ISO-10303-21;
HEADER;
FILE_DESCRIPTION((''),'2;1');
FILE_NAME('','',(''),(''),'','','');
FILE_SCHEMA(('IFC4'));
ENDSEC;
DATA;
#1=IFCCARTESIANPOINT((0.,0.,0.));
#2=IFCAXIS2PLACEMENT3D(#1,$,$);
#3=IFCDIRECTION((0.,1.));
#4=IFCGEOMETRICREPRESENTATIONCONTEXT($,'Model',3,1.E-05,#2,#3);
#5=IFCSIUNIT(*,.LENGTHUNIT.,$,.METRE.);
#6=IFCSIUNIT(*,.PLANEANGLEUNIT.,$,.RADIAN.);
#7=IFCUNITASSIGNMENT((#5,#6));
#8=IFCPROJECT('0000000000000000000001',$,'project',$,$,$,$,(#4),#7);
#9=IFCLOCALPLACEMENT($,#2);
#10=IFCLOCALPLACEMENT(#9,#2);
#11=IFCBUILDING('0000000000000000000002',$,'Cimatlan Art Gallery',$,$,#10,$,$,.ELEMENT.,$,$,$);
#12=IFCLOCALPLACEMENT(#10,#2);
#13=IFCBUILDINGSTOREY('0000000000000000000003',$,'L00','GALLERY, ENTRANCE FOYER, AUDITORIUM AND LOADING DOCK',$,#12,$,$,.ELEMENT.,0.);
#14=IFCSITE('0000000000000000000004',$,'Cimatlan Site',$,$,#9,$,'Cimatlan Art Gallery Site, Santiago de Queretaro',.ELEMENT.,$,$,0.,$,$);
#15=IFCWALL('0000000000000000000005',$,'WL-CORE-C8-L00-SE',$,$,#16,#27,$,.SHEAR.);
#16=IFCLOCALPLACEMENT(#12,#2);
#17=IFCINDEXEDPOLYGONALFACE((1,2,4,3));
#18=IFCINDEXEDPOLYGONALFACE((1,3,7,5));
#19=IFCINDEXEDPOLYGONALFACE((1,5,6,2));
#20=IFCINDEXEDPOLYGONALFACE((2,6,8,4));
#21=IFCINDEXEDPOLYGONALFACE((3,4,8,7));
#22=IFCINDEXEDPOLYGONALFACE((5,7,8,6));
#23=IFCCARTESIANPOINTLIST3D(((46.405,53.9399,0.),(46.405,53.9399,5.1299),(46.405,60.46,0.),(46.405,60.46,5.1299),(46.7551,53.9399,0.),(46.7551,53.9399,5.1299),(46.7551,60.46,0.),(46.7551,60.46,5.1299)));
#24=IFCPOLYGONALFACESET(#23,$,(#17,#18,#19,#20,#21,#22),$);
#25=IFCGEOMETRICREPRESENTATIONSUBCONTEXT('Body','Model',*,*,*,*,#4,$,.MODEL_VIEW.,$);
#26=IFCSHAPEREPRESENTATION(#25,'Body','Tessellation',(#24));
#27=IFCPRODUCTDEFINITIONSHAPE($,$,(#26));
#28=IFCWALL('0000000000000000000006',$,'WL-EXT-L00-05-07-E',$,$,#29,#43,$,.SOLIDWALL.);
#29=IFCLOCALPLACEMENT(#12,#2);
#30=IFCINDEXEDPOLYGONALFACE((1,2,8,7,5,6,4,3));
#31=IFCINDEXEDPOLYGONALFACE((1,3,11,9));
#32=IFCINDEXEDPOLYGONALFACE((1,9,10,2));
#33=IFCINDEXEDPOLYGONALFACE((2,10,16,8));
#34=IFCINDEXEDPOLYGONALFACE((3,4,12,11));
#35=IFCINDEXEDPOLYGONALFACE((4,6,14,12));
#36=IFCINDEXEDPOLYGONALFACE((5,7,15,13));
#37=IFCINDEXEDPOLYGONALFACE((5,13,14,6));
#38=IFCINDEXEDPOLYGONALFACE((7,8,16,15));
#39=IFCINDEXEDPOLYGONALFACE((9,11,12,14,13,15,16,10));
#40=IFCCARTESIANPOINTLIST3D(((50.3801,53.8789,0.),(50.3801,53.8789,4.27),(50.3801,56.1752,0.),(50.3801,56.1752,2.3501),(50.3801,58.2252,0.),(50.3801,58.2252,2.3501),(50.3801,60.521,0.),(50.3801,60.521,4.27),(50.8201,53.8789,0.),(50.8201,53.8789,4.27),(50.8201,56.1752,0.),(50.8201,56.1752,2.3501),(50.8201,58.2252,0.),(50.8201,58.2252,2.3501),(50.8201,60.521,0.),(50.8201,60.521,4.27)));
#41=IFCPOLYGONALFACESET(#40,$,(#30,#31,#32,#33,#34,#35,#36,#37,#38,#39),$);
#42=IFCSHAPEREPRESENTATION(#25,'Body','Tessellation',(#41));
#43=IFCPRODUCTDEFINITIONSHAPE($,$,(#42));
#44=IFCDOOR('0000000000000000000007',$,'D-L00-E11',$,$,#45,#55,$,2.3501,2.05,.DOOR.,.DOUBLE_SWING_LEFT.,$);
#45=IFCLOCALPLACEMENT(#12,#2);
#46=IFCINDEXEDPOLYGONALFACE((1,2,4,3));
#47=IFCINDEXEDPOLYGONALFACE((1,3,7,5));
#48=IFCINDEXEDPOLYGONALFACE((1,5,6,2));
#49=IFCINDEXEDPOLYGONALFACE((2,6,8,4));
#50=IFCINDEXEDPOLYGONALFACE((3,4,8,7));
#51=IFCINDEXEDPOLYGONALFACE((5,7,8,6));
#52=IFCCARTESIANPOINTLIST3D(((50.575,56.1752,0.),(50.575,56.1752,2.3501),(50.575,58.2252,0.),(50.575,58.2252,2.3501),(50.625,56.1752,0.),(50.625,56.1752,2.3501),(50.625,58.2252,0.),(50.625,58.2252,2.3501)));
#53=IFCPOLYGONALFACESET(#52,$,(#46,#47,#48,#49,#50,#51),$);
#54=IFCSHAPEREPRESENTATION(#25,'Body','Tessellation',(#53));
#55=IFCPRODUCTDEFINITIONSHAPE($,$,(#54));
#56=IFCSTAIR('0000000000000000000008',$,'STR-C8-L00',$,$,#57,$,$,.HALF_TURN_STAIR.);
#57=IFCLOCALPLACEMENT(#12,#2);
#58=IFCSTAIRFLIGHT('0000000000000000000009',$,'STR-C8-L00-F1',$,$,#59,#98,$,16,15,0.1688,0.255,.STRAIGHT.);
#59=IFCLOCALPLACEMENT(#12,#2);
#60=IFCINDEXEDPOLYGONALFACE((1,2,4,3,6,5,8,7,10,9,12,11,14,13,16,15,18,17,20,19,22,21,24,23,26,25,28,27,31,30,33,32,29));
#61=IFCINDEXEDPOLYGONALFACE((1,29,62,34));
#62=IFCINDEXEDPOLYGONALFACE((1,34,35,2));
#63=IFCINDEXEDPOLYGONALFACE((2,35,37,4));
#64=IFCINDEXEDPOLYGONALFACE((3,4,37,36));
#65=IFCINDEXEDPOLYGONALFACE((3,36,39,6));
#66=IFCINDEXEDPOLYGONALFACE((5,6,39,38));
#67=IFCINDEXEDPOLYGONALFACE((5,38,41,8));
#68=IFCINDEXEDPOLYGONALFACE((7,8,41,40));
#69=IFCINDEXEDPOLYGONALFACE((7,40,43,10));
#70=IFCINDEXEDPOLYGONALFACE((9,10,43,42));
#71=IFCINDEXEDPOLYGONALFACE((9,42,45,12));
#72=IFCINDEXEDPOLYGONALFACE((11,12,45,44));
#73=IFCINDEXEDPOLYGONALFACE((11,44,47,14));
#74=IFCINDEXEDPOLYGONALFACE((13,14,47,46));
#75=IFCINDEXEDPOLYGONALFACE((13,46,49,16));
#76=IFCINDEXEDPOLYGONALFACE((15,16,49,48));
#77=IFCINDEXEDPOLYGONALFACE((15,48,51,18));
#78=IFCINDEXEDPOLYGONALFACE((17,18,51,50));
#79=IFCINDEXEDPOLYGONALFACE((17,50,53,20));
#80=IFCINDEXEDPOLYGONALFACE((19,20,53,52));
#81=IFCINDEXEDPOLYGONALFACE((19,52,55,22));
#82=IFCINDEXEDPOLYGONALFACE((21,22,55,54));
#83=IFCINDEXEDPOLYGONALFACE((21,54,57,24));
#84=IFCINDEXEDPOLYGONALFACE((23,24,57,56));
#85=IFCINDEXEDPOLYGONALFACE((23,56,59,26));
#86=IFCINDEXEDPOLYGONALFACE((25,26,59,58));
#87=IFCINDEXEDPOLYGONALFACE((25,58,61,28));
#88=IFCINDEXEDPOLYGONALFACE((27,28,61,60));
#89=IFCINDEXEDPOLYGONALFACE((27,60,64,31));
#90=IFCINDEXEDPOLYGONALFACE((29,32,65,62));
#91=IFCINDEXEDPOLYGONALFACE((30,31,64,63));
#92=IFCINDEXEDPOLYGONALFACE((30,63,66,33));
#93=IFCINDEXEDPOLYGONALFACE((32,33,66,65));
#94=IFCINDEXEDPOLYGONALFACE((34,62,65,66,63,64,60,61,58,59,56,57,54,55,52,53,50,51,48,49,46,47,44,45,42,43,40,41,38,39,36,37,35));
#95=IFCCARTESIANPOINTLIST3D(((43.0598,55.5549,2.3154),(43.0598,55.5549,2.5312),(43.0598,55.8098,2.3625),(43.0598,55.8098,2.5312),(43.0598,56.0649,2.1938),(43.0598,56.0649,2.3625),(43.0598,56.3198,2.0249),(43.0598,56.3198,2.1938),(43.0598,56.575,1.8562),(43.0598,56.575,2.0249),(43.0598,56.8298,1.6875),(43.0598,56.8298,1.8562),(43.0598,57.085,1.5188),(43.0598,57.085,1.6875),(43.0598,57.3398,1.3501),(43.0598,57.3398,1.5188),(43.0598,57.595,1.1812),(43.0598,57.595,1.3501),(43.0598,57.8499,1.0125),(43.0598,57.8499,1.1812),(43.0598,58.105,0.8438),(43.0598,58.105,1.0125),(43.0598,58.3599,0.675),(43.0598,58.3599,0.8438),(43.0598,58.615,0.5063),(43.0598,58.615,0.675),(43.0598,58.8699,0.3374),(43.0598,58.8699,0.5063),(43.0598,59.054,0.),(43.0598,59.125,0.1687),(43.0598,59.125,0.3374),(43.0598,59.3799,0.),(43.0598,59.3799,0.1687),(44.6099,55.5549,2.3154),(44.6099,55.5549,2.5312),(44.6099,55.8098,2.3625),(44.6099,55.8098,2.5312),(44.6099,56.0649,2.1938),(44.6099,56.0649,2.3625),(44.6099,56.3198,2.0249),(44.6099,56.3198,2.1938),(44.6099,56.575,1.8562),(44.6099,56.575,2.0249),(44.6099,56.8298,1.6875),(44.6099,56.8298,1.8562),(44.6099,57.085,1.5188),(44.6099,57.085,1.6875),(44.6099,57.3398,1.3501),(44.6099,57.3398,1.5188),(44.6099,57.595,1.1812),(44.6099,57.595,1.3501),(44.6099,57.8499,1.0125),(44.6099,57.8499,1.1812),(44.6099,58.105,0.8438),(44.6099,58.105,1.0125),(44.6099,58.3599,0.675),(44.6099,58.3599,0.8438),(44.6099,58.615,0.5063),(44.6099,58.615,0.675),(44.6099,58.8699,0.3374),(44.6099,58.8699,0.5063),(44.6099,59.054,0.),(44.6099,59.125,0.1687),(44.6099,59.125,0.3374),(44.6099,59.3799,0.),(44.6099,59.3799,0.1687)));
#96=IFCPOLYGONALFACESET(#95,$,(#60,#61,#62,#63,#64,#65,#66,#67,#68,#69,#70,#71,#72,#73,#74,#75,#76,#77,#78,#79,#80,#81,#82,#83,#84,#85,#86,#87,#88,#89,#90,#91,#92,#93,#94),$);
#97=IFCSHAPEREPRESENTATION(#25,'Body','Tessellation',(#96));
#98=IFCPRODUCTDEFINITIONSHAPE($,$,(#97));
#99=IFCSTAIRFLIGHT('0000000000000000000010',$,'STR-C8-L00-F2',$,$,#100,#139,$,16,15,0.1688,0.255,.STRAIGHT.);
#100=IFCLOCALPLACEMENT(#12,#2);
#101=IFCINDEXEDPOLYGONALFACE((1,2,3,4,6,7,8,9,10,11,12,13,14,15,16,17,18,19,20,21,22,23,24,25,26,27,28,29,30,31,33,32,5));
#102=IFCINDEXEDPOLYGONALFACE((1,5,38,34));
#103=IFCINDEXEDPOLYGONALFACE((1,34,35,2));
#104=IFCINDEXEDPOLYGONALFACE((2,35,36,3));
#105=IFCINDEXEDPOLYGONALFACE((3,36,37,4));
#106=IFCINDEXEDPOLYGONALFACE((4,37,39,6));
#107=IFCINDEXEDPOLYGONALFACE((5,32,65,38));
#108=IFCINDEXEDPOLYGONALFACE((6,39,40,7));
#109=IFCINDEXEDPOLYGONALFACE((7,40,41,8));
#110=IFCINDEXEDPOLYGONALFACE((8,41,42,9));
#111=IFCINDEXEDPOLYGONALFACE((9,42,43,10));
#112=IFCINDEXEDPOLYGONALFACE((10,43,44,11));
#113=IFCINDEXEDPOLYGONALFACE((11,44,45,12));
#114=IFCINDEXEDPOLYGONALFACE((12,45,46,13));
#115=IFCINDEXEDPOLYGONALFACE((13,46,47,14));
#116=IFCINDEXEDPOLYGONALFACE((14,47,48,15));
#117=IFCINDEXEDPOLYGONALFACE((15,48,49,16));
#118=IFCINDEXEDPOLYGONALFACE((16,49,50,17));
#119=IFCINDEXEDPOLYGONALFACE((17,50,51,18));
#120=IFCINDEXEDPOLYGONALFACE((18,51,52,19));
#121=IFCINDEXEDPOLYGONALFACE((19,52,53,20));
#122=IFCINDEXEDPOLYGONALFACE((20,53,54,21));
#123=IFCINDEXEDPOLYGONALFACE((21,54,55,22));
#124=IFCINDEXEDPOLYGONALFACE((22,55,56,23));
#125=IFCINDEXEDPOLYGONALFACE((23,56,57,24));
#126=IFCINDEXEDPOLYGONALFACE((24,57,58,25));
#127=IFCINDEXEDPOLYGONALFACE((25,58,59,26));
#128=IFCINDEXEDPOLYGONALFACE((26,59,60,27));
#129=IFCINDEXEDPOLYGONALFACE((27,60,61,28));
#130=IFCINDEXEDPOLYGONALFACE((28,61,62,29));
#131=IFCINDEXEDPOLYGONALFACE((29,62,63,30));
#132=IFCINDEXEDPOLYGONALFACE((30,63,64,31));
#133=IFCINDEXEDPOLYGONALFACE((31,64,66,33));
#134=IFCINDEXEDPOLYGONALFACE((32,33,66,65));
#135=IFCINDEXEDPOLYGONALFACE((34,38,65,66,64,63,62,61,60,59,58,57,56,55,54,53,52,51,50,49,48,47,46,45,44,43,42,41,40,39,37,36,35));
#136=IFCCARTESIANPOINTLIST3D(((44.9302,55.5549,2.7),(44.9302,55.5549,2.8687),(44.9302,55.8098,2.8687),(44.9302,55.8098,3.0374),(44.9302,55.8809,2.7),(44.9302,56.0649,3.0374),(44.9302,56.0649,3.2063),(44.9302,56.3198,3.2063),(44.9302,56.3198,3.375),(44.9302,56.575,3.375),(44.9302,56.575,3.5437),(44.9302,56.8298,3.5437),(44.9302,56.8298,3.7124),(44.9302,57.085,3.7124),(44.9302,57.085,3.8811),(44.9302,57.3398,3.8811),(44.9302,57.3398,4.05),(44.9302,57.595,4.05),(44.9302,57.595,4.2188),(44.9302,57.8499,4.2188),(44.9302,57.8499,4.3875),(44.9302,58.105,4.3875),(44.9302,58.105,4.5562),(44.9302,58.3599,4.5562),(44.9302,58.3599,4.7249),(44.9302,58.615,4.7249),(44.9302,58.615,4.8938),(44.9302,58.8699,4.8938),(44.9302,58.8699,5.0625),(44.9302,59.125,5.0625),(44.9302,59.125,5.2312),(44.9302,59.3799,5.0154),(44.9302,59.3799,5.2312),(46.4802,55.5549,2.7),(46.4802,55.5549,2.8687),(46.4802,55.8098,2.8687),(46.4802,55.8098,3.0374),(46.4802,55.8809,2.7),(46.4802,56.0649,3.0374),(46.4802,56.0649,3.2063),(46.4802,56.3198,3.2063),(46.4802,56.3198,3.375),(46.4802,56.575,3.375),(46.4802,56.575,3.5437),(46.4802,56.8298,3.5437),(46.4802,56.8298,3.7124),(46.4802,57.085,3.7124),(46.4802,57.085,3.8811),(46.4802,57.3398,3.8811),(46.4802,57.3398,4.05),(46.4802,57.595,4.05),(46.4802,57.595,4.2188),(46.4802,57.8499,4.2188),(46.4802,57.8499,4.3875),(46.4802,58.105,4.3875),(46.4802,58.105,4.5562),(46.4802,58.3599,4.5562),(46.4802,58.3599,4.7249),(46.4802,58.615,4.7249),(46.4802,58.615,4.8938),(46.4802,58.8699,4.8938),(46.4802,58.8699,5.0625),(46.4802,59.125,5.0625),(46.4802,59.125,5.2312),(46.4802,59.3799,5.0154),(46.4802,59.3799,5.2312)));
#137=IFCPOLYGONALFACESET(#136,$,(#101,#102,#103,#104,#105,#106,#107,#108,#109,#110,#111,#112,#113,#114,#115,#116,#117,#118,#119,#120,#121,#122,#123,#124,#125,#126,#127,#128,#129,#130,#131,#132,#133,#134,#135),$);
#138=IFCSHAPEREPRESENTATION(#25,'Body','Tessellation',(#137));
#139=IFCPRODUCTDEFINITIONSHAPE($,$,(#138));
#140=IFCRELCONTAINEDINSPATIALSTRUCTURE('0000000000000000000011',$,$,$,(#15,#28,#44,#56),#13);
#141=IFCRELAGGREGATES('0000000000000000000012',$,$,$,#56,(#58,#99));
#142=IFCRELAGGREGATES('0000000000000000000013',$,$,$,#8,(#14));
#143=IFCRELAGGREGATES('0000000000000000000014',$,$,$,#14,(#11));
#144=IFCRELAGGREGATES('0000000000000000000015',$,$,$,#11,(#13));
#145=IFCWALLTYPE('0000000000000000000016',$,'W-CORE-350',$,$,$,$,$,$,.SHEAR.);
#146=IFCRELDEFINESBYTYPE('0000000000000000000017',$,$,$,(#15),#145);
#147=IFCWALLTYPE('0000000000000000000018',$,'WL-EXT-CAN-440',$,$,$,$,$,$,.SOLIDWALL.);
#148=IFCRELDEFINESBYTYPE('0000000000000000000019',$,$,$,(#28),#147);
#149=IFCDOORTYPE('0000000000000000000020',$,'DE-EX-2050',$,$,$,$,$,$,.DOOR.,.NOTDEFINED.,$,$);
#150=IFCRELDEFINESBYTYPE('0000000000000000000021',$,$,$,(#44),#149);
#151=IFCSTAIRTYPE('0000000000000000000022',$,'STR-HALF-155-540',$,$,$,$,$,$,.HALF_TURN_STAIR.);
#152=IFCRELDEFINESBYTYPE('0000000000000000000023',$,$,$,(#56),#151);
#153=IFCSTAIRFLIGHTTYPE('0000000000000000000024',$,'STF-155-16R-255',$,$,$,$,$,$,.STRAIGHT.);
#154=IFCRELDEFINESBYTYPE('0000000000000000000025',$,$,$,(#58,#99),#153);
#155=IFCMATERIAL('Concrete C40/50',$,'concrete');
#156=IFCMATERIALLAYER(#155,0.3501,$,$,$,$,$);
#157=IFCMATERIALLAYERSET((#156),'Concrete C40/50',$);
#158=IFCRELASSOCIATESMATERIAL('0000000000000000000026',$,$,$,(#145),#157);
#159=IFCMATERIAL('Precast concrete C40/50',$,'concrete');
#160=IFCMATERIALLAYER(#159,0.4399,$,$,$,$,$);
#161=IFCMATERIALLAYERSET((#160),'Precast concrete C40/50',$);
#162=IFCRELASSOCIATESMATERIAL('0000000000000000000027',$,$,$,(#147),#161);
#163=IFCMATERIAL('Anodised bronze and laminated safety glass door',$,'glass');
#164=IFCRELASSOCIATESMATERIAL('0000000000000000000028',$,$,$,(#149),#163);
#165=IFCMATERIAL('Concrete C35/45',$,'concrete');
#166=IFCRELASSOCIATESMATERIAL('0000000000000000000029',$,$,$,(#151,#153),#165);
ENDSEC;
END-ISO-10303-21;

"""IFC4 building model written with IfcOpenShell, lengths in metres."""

from ifc_helpers import new_model, si_unit, direction, frame, frame_2d, origin, place, context, subcontext, project, spatial, polyline, rectangle, outline, extrude, material, layer, layer_set, type_object, element, fill, aggregate, save


model = new_model("IFC4")

# Units and contexts
model_context = context("Model", 3, precision=1e-05, world=origin(), true_north=direction((0.0, 1.0)))
body_context = subcontext(model_context, "Body", "Model", "MODEL_VIEW")
ifc_project = project(units=[si_unit("LENGTHUNIT", "METRE"), si_unit("PLANEANGLEUNIT", "RADIAN")], contexts=[model_context])

# Site, building, storey
site_placement = place(None, origin())
site = spatial("IfcSite", under=ifc_project, at=site_placement, Name="Cimatlan Site", LongName="Cimatlan Art Gallery Site, Santiago de Queretaro", CompositionType="ELEMENT", RefElevation=0.0)
building_placement = place(site_placement, origin())
building = spatial("IfcBuilding", under=site, at=building_placement, Name="Cimatlan Art Gallery", CompositionType="ELEMENT")
storey_placement = place(building_placement, origin())
storey = spatial("IfcBuildingStorey", under=building, at=storey_placement, Name="L00", Description="GALLERY, ENTRANCE FOYER, AUDITORIUM AND LOADING DOCK", CompositionType="ELEMENT", Elevation=0.0)

# Shared definitions
ifc_material_1 = material(Name="Concrete C40/50", Category="concrete")

# Wall
ifc_layer_1 = layer(ifc_material_1, 0.3501)
ifc_layer_set_1 = layer_set([ifc_layer_1], Name="Concrete C40/50")
wall_type_1 = type_object("IfcWallType", Name="W-CORE-350", PredefinedType="SHEAR", material=ifc_layer_set_1)
wall_1_placement = place(storey_placement, frame((46.5801, 53.9399, 0.0), z_axis=(0.0, 0.0, 1.0), x_axis=(0.0, 1.0, 0.0)))
element("IfcWall", 1, at=wall_1_placement, inside=storey, type_object=wall_type_1, Name="WL-CORE-C8-L00-SE", PredefinedType="SHEAR", context=body_context, shape_type="SweptSolid", body=[
    extrude(rectangle(XDim=6.52, YDim=0.3501, at=frame_2d((3.26, 0.0))), origin(), (0.0, 0.0, 1.0), 5.1299),
])

# Wall, opening, door
ifc_material_2 = material(Name="Precast concrete C40/50", Category="concrete")
ifc_layer_2 = layer(ifc_material_2, 0.4399)
ifc_layer_set_2 = layer_set([ifc_layer_2], Name="Precast concrete C40/50")
wall_type_2 = type_object("IfcWallType", Name="WL-EXT-CAN-440", PredefinedType="SOLIDWALL", material=ifc_layer_set_2)
wall_2_placement = place(storey_placement, frame((50.6001, 60.521, 0.0), z_axis=(0.0, 0.0, 1.0), x_axis=(0.0, -1.0, 0.0)))
wall_2 = element("IfcWall", 2, at=wall_2_placement, inside=storey, type_object=wall_type_2, Name="WL-EXT-L00-05-07-E", PredefinedType="SOLIDWALL", context=body_context, shape_type="SweptSolid", body=[
    extrude(rectangle(XDim=6.6421, YDim=0.4399, at=frame_2d((3.321, 0.0))), origin(), (0.0, 0.0, 1.0), 4.27),
])
opening_1_placement = place(wall_2_placement, frame((2.2959, 0.0, 0.0)))
opening_1 = element("IfcOpeningElement", 3, at=opening_1_placement, cuts=wall_2, PredefinedType="OPENING", context=body_context, shape_type="SweptSolid", body=[
    extrude(rectangle(XDim=2.05, YDim=2.3501, at=frame_2d((1.0249, 1.175))), frame((0.0, 0.23, 0.0), z_axis=(0.0, -1.0, 0.0), x_axis=(1.0, 0.0, 0.0)), (0.0, 0.0, 1.0), 0.46),
])
ifc_material_3 = material(Name="Anodised bronze and laminated safety glass door", Category="glass")
door_type_1 = type_object("IfcDoorType", Name="DE-EX-2050", OperationType="NOTDEFINED", PredefinedType="DOOR", material=ifc_material_3)
door_1_placement = place(opening_1_placement, origin())
door_1 = element("IfcDoor", 4, at=door_1_placement, inside=storey, type_object=door_type_1, Name="D-L00-E11", OperationType="DOUBLE_SWING_LEFT", OverallHeight=2.3501, OverallWidth=2.05, PredefinedType="DOOR", context=body_context, shape_type="SweptSolid", body=[
    extrude(rectangle(XDim=2.05, YDim=2.3501, at=frame_2d((1.0249, 1.175))), frame((0.0, 0.0249, 0.0), z_axis=(0.0, -1.0, 0.0), x_axis=(1.0, 0.0, 0.0)), (0.0, 0.0, 1.0), 0.05),
])
fill(opening_1, door_1)

# Stair, stair flights
ifc_material_4 = material(Name="Concrete C35/45", Category="concrete")
stair_type = type_object("IfcStairType", Name="STR-HALF-155-540", PredefinedType="HALF_TURN_STAIR", material=ifc_material_4)
stair_placement = place(storey_placement, origin())
stair = element("IfcStair", 5, at=stair_placement, inside=storey, type_object=stair_type, Name="STR-C8-L00", PredefinedType="HALF_TURN_STAIR")
stair_flight_type = type_object("IfcStairFlightType", Name="STF-155-16R-255", PredefinedType="STRAIGHT", material=ifc_material_4)
stair_flight_1_placement = place(storey_placement, frame((43.835, 59.3799, 0.0), z_axis=(0.0, 0.0, 1.0), x_axis=(0.0, -1.0, 0.0)))
stair_flight_1 = element("IfcStairFlight", 6, at=stair_flight_1_placement, type_object=stair_flight_type, Name="STR-C8-L00-F1", NumberOfRisers=16, NumberOfTreads=15, PredefinedType="STRAIGHT", RiserHeight=0.1688, TreadLength=0.255, context=body_context, shape_type="SweptSolid", body=[
    extrude(outline(polyline([(0.0, 0.0), (0.0, 0.1687), (0.2549, 0.1687), (0.2549, 0.3374), (0.51, 0.3374), (0.51, 0.5063), (0.7649, 0.5063), (0.7649, 0.675), (1.02, 0.675), (1.02, 0.8438), (1.2749, 0.8438), (1.2749, 1.0125), (1.53, 1.0125), (1.53, 1.1812), (1.7849, 1.1812), (1.7849, 1.3501), (2.04, 1.3501), (2.04, 1.5188), (2.2949, 1.5188), (2.2949, 1.6875), (2.55, 1.6875), (2.55, 1.8562), (2.8049, 1.8562), (2.8049, 2.0249), (3.0601, 2.0249), (3.0601, 2.1938), (3.3149, 2.1938), (3.3149, 2.3625), (3.5701, 2.3625), (3.5701, 2.5312), (3.825, 2.5312), (3.825, 2.7), (3.825, 2.3154), (0.3259, 0.0), (0.0, 0.0)])), frame((0.0, 0.7749, 0.0), z_axis=(0.0, -1.0, 0.0), x_axis=(1.0, 0.0, 0.0)), (0.0, 0.0, 1.0), 1.55),
])
stair_flight_2_placement = place(storey_placement, frame((45.7051, 55.5549, 2.7), z_axis=(0.0, 0.0, 1.0), x_axis=(0.0, 1.0, 0.0)))
stair_flight_2 = element("IfcStairFlight", 7, at=stair_flight_2_placement, type_object=stair_flight_type, Name="STR-C8-L00-F2", NumberOfRisers=16, NumberOfTreads=15, PredefinedType="STRAIGHT", RiserHeight=0.1688, TreadLength=0.255, context=body_context, shape_type="SweptSolid", body=[
    extrude(outline(polyline([(0.0, 0.0), (0.0, 0.1687), (0.2549, 0.1687), (0.2549, 0.3374), (0.51, 0.3374), (0.51, 0.5063), (0.7649, 0.5063), (0.7649, 0.675), (1.02, 0.675), (1.02, 0.8438), (1.2749, 0.8438), (1.2749, 1.0125), (1.53, 1.0125), (1.53, 1.1812), (1.7849, 1.1812), (1.7849, 1.3501), (2.04, 1.3501), (2.04, 1.5188), (2.2949, 1.5188), (2.2949, 1.6875), (2.55, 1.6875), (2.55, 1.8562), (2.8049, 1.8562), (2.8049, 2.0249), (3.0601, 2.0249), (3.0601, 2.1938), (3.3149, 2.1938), (3.3149, 2.3625), (3.5701, 2.3625), (3.5701, 2.5312), (3.825, 2.5312), (3.825, 2.7), (3.825, 2.3154), (0.3259, 0.0), (0.0, 0.0)])), frame((0.0, 0.7749, 0.0), z_axis=(0.0, -1.0, 0.0), x_axis=(1.0, 0.0, 0.0)), (0.0, 0.0, 1.0), 1.55),
])
aggregate(stair, [stair_flight_1, stair_flight_2])

save(model, "model.ifc")
